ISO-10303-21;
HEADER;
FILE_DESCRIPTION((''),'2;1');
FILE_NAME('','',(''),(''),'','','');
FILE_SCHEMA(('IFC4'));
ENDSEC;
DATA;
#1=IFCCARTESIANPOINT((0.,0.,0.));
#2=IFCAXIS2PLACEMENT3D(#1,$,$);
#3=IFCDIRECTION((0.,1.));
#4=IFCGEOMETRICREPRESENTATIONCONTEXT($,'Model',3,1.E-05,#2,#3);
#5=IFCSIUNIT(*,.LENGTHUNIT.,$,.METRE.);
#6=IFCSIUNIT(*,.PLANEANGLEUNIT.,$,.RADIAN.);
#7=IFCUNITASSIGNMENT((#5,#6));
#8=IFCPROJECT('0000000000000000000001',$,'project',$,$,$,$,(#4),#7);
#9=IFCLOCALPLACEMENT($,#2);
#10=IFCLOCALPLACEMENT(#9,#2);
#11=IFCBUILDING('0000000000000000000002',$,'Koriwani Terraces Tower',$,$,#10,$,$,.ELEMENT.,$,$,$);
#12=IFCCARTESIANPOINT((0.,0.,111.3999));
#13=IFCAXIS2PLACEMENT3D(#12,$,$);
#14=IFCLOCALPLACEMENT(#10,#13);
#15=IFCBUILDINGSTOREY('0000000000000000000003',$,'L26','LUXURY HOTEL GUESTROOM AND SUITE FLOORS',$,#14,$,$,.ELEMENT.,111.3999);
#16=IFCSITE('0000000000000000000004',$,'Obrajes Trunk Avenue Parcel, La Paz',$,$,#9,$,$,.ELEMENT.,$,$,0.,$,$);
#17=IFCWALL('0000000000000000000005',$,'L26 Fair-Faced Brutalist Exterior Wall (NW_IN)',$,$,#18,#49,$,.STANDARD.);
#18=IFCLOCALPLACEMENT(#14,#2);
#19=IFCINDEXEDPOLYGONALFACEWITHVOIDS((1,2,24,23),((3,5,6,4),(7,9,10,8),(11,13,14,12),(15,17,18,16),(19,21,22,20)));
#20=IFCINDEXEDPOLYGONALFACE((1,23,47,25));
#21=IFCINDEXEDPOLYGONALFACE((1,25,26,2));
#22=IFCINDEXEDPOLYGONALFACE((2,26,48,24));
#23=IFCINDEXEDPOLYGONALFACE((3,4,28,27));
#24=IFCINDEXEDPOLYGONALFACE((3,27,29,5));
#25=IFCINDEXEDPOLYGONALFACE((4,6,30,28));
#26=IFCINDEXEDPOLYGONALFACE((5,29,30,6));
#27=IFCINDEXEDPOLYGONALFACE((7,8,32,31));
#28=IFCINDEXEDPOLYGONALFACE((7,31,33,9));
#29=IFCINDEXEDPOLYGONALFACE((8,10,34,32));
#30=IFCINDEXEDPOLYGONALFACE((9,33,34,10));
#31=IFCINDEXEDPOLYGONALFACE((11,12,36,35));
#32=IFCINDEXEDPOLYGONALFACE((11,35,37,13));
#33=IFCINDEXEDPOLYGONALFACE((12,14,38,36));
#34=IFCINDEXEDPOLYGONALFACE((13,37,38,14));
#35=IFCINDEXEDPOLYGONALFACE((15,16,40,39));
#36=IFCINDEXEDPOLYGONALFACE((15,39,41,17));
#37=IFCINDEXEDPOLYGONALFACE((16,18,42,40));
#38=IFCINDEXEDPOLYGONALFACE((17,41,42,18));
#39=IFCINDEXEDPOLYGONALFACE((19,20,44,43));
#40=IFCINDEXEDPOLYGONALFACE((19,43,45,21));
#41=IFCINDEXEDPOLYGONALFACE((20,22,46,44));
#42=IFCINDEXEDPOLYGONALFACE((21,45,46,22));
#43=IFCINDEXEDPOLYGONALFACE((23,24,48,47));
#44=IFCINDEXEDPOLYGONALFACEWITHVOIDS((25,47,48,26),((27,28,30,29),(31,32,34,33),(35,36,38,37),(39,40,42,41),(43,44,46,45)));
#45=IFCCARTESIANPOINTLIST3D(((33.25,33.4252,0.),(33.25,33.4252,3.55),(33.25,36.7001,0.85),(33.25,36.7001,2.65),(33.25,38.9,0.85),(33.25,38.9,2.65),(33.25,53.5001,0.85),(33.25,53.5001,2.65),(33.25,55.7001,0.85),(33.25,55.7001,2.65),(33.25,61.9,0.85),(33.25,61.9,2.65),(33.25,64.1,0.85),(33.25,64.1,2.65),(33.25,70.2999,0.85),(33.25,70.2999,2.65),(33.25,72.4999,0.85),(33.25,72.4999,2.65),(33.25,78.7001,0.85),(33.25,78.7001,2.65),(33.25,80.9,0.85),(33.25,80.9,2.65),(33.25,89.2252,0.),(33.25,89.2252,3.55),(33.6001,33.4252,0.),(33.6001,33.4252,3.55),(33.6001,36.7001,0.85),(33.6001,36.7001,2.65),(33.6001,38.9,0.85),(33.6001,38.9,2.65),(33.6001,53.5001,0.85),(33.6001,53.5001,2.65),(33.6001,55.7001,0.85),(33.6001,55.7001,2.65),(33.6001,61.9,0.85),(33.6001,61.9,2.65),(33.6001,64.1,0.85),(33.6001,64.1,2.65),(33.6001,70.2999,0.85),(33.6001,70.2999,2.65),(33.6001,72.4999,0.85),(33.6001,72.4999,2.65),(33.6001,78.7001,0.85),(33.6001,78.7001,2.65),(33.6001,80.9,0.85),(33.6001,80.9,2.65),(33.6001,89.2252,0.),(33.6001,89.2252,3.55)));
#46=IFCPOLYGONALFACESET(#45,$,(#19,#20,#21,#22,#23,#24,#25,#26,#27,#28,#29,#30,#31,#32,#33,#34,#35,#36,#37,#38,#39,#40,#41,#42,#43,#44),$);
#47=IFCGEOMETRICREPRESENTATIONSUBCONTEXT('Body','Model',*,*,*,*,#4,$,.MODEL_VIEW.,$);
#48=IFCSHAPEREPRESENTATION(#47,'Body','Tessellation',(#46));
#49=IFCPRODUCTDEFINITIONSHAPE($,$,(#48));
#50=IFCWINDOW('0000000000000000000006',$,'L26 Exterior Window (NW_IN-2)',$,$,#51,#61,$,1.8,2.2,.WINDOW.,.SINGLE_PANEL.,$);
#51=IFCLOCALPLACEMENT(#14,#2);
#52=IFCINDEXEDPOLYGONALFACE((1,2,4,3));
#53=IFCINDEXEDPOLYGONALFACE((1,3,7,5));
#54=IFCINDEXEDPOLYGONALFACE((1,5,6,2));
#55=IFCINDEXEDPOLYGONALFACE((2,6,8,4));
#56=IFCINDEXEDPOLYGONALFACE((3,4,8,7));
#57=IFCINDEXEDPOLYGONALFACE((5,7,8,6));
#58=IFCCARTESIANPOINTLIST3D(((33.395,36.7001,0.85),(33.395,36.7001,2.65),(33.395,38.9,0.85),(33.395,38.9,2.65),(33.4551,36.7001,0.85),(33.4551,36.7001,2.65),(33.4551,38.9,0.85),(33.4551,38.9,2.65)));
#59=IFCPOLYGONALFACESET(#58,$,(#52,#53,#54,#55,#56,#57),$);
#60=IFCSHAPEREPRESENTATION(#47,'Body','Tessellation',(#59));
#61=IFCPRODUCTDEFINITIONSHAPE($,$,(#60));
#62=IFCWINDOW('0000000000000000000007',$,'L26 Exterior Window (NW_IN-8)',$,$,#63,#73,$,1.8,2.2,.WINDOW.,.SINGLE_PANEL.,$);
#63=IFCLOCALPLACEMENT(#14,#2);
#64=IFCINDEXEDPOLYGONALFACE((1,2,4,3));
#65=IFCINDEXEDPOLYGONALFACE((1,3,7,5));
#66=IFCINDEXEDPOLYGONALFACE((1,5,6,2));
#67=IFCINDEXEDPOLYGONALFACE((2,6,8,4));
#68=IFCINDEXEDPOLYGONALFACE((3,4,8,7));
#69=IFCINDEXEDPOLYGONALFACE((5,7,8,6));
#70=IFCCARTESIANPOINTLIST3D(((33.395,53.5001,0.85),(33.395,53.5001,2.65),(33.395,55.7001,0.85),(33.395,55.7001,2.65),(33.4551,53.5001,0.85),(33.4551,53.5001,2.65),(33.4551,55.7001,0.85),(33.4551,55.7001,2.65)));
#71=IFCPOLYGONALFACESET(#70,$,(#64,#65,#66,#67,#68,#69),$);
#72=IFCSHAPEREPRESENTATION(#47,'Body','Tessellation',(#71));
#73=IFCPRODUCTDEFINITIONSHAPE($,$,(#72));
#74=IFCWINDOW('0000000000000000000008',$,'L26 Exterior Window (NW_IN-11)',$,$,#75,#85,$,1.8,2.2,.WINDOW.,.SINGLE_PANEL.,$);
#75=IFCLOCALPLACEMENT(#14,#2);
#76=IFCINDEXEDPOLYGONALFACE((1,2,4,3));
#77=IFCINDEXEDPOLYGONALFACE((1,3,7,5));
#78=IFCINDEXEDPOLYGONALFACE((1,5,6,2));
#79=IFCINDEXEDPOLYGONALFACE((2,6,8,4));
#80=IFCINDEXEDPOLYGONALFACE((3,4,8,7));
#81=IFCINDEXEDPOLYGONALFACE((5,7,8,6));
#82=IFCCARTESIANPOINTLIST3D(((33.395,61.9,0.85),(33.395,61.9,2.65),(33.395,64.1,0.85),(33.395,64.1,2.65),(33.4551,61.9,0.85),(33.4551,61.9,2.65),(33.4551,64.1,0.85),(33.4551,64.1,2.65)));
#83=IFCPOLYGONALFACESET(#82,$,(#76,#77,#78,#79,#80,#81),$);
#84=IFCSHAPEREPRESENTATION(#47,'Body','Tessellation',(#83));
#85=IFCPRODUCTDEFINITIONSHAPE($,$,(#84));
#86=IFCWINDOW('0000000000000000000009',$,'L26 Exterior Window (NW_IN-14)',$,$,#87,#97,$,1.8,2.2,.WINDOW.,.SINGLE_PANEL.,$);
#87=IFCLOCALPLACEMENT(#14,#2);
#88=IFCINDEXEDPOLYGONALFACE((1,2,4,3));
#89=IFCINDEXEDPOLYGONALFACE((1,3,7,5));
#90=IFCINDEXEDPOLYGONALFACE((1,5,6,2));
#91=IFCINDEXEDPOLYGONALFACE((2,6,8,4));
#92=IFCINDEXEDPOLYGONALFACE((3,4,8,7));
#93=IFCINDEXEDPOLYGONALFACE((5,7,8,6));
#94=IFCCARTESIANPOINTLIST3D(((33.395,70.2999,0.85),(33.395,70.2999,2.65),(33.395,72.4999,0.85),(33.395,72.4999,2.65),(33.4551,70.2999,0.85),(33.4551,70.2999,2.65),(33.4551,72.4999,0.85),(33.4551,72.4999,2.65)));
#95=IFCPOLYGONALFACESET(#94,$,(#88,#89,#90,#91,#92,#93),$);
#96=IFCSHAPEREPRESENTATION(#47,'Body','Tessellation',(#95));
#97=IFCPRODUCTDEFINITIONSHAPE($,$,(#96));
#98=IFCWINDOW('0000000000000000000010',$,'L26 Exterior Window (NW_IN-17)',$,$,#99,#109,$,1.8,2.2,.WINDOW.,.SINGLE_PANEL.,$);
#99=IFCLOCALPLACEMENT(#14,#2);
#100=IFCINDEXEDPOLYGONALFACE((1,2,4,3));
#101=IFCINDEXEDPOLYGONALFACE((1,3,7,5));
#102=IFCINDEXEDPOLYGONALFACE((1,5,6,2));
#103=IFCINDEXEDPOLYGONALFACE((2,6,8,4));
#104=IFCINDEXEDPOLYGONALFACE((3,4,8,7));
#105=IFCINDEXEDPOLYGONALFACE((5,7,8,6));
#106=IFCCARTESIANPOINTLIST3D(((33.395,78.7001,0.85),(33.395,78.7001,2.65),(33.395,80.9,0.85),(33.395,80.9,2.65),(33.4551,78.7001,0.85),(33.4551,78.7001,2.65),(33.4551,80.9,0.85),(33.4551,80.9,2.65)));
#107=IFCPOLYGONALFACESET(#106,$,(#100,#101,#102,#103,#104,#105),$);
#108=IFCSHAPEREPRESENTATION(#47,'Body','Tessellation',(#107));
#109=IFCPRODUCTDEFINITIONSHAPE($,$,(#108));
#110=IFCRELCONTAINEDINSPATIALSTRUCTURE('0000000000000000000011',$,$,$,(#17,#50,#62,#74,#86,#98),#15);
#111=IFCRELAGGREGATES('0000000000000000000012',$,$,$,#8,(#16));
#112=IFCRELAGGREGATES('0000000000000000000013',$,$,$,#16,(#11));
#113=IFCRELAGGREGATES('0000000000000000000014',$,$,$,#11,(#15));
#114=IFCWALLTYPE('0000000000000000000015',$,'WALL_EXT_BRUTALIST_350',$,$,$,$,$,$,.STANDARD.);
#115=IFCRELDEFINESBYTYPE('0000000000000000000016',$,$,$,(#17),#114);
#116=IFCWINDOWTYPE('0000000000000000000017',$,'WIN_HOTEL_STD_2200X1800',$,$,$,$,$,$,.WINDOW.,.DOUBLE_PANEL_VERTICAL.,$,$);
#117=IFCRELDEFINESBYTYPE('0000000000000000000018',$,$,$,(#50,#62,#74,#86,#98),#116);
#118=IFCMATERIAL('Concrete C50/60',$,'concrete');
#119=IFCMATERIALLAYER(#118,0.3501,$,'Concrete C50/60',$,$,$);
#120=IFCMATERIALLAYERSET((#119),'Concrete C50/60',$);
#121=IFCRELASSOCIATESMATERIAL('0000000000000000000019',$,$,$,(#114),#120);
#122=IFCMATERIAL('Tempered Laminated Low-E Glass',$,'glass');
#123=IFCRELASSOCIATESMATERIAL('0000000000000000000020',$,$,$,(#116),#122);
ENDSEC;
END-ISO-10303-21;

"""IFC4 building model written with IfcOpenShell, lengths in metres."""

from ifc_helpers import new_model, si_unit, direction, frame, frame_2d, origin, place, context, subcontext, project, spatial, rectangle, extrude, material, layer, layer_set, type_object, element, fill, save


model = new_model("IFC4")

# Units and contexts
model_context = context("Model", 3, precision=1e-05, world=origin(), true_north=direction((0.0, 1.0)))
body_context = subcontext(model_context, "Body", "Model", "MODEL_VIEW")
ifc_project = project(units=[si_unit("LENGTHUNIT", "METRE"), si_unit("PLANEANGLEUNIT", "RADIAN")], contexts=[model_context])

# Site, building, storey
site_placement = place(None, origin())
site = spatial("IfcSite", under=ifc_project, at=site_placement, Name="Obrajes Trunk Avenue Parcel, La Paz", CompositionType="ELEMENT", RefElevation=0.0)
building_placement = place(site_placement, origin())
building = spatial("IfcBuilding", under=site, at=building_placement, Name="Koriwani Terraces Tower", CompositionType="ELEMENT")
storey_placement = place(building_placement, frame((0.0, 0.0, 111.3999)))
storey = spatial("IfcBuildingStorey", under=building, at=storey_placement, Name="L26", Description="LUXURY HOTEL GUESTROOM AND SUITE FLOORS", CompositionType="ELEMENT", Elevation=111.3999)

# Shared definitions
ifc_material_1 = material(Name="Tempered Laminated Low-E Glass", Category="glass")

# Shared definitions
ifc_material_2 = material(Name="Concrete C50/60", Category="concrete")
ifc_layer_1 = layer(ifc_material_2, 0.3501, Name="Concrete C50/60")
ifc_layer_set_1 = layer_set([ifc_layer_1], Name="Concrete C50/60")
wall_type_1 = type_object("IfcWallType", Name="WALL_EXT_BRUTALIST_350", PredefinedType="STANDARD", material=ifc_layer_set_1)

# Wall, openings, windows
wall_1_placement = place(storey_placement, frame((33.425, 89.2251, 0.0), z_axis=(0.0, 0.0, 1.0), x_axis=(0.0, -1.0, 0.0)))
wall_1 = element("IfcWall", 1, at=wall_1_placement, inside=storey, type_object=wall_type_1, Name="L26 Fair-Faced Brutalist Exterior Wall (NW_IN)", PredefinedType="STANDARD", context=body_context, shape_type="SweptSolid", body=[
    extrude(rectangle(XDim=55.8, YDim=0.3501, at=frame_2d((27.8999, 0.0))), origin(), (0.0, 0.0, 1.0), 3.55),
])
opening_1_placement = place(wall_1_placement, frame((50.325, 0.0, 0.8501)))
opening_1 = element("IfcOpeningElement", 2, at=opening_1_placement, cuts=wall_1, PredefinedType="OPENING", context=body_context, shape_type="SweptSolid", body=[
    extrude(rectangle(XDim=2.2, YDim=1.8, at=frame_2d((1.1001, 0.8999))), frame((0.0, 0.1851, 0.0), z_axis=(0.0, -1.0, 0.0), x_axis=(1.0, 0.0, 0.0)), (0.0, 0.0, 1.0), 0.3701),
])
opening_2_placement = place(wall_1_placement, frame((33.5249, 0.0, 0.8501)))
opening_2 = element("IfcOpeningElement", 3, at=opening_2_placement, cuts=wall_1, PredefinedType="OPENING", context=body_context, shape_type="SweptSolid", body=[
    extrude(rectangle(XDim=2.2, YDim=1.8, at=frame_2d((1.1001, 0.8999))), frame((0.0, 0.1851, 0.0), z_axis=(0.0, -1.0, 0.0), x_axis=(1.0, 0.0, 0.0)), (0.0, 0.0, 1.0), 0.3701),
])
opening_3_placement = place(wall_1_placement, frame((25.125, 0.0, 0.8501)))
opening_3 = element("IfcOpeningElement", 4, at=opening_3_placement, cuts=wall_1, PredefinedType="OPENING", context=body_context, shape_type="SweptSolid", body=[
    extrude(rectangle(XDim=2.2, YDim=1.8, at=frame_2d((1.1001, 0.8999))), frame((0.0, 0.1851, 0.0), z_axis=(0.0, -1.0, 0.0), x_axis=(1.0, 0.0, 0.0)), (0.0, 0.0, 1.0), 0.3701),
])
opening_4_placement = place(wall_1_placement, frame((16.7251, 0.0, 0.8501)))
opening_4 = element("IfcOpeningElement", 5, at=opening_4_placement, cuts=wall_1, PredefinedType="OPENING", context=body_context, shape_type="SweptSolid", body=[
    extrude(rectangle(XDim=2.2, YDim=1.8, at=frame_2d((1.1001, 0.8999))), frame((0.0, 0.1851, 0.0), z_axis=(0.0, -1.0, 0.0), x_axis=(1.0, 0.0, 0.0)), (0.0, 0.0, 1.0), 0.3701),
])
opening_5_placement = place(wall_1_placement, frame((8.325, 0.0, 0.8501)))
opening_5 = element("IfcOpeningElement", 6, at=opening_5_placement, cuts=wall_1, PredefinedType="OPENING", context=body_context, shape_type="SweptSolid", body=[
    extrude(rectangle(XDim=2.2, YDim=1.8, at=frame_2d((1.1001, 0.8999))), frame((0.0, 0.1851, 0.0), z_axis=(0.0, -1.0, 0.0), x_axis=(1.0, 0.0, 0.0)), (0.0, 0.0, 1.0), 0.3701),
])
window_type_1 = type_object("IfcWindowType", Name="WIN_HOTEL_STD_2200X1800", PartitioningType="DOUBLE_PANEL_VERTICAL", PredefinedType="WINDOW", material=ifc_material_1)
window_1_placement = place(opening_1_placement, origin())
window_1 = element("IfcWindow", 7, at=window_1_placement, inside=storey, type_object=window_type_1, Name="L26 Exterior Window (NW_IN-2)", OverallHeight=1.8, OverallWidth=2.2, PartitioningType="SINGLE_PANEL", PredefinedType="WINDOW", context=body_context, shape_type="SweptSolid", body=[
    extrude(rectangle(XDim=2.2, YDim=1.8, at=frame_2d((1.1001, 0.8999))), frame((0.0, 0.03, 0.0), z_axis=(0.0, -1.0, 0.0), x_axis=(1.0, 0.0, 0.0)), (0.0, 0.0, 1.0), 0.0601),
])
fill(opening_1, window_1)
window_2_placement = place(opening_2_placement, origin())
window_2 = element("IfcWindow", 8, at=window_2_placement, inside=storey, type_object=window_type_1, Name="L26 Exterior Window (NW_IN-8)", OverallHeight=1.8, OverallWidth=2.2, PartitioningType="SINGLE_PANEL", PredefinedType="WINDOW", context=body_context, shape_type="SweptSolid", body=[
    extrude(rectangle(XDim=2.2, YDim=1.8, at=frame_2d((1.1001, 0.8999))), frame((0.0, 0.03, 0.0), z_axis=(0.0, -1.0, 0.0), x_axis=(1.0, 0.0, 0.0)), (0.0, 0.0, 1.0), 0.0601),
])
fill(opening_2, window_2)
window_3_placement = place(opening_3_placement, origin())
window_3 = element("IfcWindow", 9, at=window_3_placement, inside=storey, type_object=window_type_1, Name="L26 Exterior Window (NW_IN-11)", OverallHeight=1.8, OverallWidth=2.2, PartitioningType="SINGLE_PANEL", PredefinedType="WINDOW", context=body_context, shape_type="SweptSolid", body=[
    extrude(rectangle(XDim=2.2, YDim=1.8, at=frame_2d((1.1001, 0.8999))), frame((0.0, 0.03, 0.0), z_axis=(0.0, -1.0, 0.0), x_axis=(1.0, 0.0, 0.0)), (0.0, 0.0, 1.0), 0.0601),
])
fill(opening_3, window_3)
window_4_placement = place(opening_4_placement, origin())
window_4 = element("IfcWindow", 10, at=window_4_placement, inside=storey, type_object=window_type_1, Name="L26 Exterior Window (NW_IN-14)", OverallHeight=1.8, OverallWidth=2.2, PartitioningType="SINGLE_PANEL", PredefinedType="WINDOW", context=body_context, shape_type="SweptSolid", body=[
    extrude(rectangle(XDim=2.2, YDim=1.8, at=frame_2d((1.1001, 0.8999))), frame((0.0, 0.03, 0.0), z_axis=(0.0, -1.0, 0.0), x_axis=(1.0, 0.0, 0.0)), (0.0, 0.0, 1.0), 0.0601),
])
fill(opening_4, window_4)
window_5_placement = place(opening_5_placement, origin())
window_5 = element("IfcWindow", 11, at=window_5_placement, inside=storey, type_object=window_type_1, Name="L26 Exterior Window (NW_IN-17)", OverallHeight=1.8, OverallWidth=2.2, PartitioningType="SINGLE_PANEL", PredefinedType="WINDOW", context=body_context, shape_type="SweptSolid", body=[
    extrude(rectangle(XDim=2.2, YDim=1.8, at=frame_2d((1.1001, 0.8999))), frame((0.0, 0.03, 0.0), z_axis=(0.0, -1.0, 0.0), x_axis=(1.0, 0.0, 0.0)), (0.0, 0.0, 1.0), 0.0601),
])
fill(opening_5, window_5)

save(model, "model.ifc")
